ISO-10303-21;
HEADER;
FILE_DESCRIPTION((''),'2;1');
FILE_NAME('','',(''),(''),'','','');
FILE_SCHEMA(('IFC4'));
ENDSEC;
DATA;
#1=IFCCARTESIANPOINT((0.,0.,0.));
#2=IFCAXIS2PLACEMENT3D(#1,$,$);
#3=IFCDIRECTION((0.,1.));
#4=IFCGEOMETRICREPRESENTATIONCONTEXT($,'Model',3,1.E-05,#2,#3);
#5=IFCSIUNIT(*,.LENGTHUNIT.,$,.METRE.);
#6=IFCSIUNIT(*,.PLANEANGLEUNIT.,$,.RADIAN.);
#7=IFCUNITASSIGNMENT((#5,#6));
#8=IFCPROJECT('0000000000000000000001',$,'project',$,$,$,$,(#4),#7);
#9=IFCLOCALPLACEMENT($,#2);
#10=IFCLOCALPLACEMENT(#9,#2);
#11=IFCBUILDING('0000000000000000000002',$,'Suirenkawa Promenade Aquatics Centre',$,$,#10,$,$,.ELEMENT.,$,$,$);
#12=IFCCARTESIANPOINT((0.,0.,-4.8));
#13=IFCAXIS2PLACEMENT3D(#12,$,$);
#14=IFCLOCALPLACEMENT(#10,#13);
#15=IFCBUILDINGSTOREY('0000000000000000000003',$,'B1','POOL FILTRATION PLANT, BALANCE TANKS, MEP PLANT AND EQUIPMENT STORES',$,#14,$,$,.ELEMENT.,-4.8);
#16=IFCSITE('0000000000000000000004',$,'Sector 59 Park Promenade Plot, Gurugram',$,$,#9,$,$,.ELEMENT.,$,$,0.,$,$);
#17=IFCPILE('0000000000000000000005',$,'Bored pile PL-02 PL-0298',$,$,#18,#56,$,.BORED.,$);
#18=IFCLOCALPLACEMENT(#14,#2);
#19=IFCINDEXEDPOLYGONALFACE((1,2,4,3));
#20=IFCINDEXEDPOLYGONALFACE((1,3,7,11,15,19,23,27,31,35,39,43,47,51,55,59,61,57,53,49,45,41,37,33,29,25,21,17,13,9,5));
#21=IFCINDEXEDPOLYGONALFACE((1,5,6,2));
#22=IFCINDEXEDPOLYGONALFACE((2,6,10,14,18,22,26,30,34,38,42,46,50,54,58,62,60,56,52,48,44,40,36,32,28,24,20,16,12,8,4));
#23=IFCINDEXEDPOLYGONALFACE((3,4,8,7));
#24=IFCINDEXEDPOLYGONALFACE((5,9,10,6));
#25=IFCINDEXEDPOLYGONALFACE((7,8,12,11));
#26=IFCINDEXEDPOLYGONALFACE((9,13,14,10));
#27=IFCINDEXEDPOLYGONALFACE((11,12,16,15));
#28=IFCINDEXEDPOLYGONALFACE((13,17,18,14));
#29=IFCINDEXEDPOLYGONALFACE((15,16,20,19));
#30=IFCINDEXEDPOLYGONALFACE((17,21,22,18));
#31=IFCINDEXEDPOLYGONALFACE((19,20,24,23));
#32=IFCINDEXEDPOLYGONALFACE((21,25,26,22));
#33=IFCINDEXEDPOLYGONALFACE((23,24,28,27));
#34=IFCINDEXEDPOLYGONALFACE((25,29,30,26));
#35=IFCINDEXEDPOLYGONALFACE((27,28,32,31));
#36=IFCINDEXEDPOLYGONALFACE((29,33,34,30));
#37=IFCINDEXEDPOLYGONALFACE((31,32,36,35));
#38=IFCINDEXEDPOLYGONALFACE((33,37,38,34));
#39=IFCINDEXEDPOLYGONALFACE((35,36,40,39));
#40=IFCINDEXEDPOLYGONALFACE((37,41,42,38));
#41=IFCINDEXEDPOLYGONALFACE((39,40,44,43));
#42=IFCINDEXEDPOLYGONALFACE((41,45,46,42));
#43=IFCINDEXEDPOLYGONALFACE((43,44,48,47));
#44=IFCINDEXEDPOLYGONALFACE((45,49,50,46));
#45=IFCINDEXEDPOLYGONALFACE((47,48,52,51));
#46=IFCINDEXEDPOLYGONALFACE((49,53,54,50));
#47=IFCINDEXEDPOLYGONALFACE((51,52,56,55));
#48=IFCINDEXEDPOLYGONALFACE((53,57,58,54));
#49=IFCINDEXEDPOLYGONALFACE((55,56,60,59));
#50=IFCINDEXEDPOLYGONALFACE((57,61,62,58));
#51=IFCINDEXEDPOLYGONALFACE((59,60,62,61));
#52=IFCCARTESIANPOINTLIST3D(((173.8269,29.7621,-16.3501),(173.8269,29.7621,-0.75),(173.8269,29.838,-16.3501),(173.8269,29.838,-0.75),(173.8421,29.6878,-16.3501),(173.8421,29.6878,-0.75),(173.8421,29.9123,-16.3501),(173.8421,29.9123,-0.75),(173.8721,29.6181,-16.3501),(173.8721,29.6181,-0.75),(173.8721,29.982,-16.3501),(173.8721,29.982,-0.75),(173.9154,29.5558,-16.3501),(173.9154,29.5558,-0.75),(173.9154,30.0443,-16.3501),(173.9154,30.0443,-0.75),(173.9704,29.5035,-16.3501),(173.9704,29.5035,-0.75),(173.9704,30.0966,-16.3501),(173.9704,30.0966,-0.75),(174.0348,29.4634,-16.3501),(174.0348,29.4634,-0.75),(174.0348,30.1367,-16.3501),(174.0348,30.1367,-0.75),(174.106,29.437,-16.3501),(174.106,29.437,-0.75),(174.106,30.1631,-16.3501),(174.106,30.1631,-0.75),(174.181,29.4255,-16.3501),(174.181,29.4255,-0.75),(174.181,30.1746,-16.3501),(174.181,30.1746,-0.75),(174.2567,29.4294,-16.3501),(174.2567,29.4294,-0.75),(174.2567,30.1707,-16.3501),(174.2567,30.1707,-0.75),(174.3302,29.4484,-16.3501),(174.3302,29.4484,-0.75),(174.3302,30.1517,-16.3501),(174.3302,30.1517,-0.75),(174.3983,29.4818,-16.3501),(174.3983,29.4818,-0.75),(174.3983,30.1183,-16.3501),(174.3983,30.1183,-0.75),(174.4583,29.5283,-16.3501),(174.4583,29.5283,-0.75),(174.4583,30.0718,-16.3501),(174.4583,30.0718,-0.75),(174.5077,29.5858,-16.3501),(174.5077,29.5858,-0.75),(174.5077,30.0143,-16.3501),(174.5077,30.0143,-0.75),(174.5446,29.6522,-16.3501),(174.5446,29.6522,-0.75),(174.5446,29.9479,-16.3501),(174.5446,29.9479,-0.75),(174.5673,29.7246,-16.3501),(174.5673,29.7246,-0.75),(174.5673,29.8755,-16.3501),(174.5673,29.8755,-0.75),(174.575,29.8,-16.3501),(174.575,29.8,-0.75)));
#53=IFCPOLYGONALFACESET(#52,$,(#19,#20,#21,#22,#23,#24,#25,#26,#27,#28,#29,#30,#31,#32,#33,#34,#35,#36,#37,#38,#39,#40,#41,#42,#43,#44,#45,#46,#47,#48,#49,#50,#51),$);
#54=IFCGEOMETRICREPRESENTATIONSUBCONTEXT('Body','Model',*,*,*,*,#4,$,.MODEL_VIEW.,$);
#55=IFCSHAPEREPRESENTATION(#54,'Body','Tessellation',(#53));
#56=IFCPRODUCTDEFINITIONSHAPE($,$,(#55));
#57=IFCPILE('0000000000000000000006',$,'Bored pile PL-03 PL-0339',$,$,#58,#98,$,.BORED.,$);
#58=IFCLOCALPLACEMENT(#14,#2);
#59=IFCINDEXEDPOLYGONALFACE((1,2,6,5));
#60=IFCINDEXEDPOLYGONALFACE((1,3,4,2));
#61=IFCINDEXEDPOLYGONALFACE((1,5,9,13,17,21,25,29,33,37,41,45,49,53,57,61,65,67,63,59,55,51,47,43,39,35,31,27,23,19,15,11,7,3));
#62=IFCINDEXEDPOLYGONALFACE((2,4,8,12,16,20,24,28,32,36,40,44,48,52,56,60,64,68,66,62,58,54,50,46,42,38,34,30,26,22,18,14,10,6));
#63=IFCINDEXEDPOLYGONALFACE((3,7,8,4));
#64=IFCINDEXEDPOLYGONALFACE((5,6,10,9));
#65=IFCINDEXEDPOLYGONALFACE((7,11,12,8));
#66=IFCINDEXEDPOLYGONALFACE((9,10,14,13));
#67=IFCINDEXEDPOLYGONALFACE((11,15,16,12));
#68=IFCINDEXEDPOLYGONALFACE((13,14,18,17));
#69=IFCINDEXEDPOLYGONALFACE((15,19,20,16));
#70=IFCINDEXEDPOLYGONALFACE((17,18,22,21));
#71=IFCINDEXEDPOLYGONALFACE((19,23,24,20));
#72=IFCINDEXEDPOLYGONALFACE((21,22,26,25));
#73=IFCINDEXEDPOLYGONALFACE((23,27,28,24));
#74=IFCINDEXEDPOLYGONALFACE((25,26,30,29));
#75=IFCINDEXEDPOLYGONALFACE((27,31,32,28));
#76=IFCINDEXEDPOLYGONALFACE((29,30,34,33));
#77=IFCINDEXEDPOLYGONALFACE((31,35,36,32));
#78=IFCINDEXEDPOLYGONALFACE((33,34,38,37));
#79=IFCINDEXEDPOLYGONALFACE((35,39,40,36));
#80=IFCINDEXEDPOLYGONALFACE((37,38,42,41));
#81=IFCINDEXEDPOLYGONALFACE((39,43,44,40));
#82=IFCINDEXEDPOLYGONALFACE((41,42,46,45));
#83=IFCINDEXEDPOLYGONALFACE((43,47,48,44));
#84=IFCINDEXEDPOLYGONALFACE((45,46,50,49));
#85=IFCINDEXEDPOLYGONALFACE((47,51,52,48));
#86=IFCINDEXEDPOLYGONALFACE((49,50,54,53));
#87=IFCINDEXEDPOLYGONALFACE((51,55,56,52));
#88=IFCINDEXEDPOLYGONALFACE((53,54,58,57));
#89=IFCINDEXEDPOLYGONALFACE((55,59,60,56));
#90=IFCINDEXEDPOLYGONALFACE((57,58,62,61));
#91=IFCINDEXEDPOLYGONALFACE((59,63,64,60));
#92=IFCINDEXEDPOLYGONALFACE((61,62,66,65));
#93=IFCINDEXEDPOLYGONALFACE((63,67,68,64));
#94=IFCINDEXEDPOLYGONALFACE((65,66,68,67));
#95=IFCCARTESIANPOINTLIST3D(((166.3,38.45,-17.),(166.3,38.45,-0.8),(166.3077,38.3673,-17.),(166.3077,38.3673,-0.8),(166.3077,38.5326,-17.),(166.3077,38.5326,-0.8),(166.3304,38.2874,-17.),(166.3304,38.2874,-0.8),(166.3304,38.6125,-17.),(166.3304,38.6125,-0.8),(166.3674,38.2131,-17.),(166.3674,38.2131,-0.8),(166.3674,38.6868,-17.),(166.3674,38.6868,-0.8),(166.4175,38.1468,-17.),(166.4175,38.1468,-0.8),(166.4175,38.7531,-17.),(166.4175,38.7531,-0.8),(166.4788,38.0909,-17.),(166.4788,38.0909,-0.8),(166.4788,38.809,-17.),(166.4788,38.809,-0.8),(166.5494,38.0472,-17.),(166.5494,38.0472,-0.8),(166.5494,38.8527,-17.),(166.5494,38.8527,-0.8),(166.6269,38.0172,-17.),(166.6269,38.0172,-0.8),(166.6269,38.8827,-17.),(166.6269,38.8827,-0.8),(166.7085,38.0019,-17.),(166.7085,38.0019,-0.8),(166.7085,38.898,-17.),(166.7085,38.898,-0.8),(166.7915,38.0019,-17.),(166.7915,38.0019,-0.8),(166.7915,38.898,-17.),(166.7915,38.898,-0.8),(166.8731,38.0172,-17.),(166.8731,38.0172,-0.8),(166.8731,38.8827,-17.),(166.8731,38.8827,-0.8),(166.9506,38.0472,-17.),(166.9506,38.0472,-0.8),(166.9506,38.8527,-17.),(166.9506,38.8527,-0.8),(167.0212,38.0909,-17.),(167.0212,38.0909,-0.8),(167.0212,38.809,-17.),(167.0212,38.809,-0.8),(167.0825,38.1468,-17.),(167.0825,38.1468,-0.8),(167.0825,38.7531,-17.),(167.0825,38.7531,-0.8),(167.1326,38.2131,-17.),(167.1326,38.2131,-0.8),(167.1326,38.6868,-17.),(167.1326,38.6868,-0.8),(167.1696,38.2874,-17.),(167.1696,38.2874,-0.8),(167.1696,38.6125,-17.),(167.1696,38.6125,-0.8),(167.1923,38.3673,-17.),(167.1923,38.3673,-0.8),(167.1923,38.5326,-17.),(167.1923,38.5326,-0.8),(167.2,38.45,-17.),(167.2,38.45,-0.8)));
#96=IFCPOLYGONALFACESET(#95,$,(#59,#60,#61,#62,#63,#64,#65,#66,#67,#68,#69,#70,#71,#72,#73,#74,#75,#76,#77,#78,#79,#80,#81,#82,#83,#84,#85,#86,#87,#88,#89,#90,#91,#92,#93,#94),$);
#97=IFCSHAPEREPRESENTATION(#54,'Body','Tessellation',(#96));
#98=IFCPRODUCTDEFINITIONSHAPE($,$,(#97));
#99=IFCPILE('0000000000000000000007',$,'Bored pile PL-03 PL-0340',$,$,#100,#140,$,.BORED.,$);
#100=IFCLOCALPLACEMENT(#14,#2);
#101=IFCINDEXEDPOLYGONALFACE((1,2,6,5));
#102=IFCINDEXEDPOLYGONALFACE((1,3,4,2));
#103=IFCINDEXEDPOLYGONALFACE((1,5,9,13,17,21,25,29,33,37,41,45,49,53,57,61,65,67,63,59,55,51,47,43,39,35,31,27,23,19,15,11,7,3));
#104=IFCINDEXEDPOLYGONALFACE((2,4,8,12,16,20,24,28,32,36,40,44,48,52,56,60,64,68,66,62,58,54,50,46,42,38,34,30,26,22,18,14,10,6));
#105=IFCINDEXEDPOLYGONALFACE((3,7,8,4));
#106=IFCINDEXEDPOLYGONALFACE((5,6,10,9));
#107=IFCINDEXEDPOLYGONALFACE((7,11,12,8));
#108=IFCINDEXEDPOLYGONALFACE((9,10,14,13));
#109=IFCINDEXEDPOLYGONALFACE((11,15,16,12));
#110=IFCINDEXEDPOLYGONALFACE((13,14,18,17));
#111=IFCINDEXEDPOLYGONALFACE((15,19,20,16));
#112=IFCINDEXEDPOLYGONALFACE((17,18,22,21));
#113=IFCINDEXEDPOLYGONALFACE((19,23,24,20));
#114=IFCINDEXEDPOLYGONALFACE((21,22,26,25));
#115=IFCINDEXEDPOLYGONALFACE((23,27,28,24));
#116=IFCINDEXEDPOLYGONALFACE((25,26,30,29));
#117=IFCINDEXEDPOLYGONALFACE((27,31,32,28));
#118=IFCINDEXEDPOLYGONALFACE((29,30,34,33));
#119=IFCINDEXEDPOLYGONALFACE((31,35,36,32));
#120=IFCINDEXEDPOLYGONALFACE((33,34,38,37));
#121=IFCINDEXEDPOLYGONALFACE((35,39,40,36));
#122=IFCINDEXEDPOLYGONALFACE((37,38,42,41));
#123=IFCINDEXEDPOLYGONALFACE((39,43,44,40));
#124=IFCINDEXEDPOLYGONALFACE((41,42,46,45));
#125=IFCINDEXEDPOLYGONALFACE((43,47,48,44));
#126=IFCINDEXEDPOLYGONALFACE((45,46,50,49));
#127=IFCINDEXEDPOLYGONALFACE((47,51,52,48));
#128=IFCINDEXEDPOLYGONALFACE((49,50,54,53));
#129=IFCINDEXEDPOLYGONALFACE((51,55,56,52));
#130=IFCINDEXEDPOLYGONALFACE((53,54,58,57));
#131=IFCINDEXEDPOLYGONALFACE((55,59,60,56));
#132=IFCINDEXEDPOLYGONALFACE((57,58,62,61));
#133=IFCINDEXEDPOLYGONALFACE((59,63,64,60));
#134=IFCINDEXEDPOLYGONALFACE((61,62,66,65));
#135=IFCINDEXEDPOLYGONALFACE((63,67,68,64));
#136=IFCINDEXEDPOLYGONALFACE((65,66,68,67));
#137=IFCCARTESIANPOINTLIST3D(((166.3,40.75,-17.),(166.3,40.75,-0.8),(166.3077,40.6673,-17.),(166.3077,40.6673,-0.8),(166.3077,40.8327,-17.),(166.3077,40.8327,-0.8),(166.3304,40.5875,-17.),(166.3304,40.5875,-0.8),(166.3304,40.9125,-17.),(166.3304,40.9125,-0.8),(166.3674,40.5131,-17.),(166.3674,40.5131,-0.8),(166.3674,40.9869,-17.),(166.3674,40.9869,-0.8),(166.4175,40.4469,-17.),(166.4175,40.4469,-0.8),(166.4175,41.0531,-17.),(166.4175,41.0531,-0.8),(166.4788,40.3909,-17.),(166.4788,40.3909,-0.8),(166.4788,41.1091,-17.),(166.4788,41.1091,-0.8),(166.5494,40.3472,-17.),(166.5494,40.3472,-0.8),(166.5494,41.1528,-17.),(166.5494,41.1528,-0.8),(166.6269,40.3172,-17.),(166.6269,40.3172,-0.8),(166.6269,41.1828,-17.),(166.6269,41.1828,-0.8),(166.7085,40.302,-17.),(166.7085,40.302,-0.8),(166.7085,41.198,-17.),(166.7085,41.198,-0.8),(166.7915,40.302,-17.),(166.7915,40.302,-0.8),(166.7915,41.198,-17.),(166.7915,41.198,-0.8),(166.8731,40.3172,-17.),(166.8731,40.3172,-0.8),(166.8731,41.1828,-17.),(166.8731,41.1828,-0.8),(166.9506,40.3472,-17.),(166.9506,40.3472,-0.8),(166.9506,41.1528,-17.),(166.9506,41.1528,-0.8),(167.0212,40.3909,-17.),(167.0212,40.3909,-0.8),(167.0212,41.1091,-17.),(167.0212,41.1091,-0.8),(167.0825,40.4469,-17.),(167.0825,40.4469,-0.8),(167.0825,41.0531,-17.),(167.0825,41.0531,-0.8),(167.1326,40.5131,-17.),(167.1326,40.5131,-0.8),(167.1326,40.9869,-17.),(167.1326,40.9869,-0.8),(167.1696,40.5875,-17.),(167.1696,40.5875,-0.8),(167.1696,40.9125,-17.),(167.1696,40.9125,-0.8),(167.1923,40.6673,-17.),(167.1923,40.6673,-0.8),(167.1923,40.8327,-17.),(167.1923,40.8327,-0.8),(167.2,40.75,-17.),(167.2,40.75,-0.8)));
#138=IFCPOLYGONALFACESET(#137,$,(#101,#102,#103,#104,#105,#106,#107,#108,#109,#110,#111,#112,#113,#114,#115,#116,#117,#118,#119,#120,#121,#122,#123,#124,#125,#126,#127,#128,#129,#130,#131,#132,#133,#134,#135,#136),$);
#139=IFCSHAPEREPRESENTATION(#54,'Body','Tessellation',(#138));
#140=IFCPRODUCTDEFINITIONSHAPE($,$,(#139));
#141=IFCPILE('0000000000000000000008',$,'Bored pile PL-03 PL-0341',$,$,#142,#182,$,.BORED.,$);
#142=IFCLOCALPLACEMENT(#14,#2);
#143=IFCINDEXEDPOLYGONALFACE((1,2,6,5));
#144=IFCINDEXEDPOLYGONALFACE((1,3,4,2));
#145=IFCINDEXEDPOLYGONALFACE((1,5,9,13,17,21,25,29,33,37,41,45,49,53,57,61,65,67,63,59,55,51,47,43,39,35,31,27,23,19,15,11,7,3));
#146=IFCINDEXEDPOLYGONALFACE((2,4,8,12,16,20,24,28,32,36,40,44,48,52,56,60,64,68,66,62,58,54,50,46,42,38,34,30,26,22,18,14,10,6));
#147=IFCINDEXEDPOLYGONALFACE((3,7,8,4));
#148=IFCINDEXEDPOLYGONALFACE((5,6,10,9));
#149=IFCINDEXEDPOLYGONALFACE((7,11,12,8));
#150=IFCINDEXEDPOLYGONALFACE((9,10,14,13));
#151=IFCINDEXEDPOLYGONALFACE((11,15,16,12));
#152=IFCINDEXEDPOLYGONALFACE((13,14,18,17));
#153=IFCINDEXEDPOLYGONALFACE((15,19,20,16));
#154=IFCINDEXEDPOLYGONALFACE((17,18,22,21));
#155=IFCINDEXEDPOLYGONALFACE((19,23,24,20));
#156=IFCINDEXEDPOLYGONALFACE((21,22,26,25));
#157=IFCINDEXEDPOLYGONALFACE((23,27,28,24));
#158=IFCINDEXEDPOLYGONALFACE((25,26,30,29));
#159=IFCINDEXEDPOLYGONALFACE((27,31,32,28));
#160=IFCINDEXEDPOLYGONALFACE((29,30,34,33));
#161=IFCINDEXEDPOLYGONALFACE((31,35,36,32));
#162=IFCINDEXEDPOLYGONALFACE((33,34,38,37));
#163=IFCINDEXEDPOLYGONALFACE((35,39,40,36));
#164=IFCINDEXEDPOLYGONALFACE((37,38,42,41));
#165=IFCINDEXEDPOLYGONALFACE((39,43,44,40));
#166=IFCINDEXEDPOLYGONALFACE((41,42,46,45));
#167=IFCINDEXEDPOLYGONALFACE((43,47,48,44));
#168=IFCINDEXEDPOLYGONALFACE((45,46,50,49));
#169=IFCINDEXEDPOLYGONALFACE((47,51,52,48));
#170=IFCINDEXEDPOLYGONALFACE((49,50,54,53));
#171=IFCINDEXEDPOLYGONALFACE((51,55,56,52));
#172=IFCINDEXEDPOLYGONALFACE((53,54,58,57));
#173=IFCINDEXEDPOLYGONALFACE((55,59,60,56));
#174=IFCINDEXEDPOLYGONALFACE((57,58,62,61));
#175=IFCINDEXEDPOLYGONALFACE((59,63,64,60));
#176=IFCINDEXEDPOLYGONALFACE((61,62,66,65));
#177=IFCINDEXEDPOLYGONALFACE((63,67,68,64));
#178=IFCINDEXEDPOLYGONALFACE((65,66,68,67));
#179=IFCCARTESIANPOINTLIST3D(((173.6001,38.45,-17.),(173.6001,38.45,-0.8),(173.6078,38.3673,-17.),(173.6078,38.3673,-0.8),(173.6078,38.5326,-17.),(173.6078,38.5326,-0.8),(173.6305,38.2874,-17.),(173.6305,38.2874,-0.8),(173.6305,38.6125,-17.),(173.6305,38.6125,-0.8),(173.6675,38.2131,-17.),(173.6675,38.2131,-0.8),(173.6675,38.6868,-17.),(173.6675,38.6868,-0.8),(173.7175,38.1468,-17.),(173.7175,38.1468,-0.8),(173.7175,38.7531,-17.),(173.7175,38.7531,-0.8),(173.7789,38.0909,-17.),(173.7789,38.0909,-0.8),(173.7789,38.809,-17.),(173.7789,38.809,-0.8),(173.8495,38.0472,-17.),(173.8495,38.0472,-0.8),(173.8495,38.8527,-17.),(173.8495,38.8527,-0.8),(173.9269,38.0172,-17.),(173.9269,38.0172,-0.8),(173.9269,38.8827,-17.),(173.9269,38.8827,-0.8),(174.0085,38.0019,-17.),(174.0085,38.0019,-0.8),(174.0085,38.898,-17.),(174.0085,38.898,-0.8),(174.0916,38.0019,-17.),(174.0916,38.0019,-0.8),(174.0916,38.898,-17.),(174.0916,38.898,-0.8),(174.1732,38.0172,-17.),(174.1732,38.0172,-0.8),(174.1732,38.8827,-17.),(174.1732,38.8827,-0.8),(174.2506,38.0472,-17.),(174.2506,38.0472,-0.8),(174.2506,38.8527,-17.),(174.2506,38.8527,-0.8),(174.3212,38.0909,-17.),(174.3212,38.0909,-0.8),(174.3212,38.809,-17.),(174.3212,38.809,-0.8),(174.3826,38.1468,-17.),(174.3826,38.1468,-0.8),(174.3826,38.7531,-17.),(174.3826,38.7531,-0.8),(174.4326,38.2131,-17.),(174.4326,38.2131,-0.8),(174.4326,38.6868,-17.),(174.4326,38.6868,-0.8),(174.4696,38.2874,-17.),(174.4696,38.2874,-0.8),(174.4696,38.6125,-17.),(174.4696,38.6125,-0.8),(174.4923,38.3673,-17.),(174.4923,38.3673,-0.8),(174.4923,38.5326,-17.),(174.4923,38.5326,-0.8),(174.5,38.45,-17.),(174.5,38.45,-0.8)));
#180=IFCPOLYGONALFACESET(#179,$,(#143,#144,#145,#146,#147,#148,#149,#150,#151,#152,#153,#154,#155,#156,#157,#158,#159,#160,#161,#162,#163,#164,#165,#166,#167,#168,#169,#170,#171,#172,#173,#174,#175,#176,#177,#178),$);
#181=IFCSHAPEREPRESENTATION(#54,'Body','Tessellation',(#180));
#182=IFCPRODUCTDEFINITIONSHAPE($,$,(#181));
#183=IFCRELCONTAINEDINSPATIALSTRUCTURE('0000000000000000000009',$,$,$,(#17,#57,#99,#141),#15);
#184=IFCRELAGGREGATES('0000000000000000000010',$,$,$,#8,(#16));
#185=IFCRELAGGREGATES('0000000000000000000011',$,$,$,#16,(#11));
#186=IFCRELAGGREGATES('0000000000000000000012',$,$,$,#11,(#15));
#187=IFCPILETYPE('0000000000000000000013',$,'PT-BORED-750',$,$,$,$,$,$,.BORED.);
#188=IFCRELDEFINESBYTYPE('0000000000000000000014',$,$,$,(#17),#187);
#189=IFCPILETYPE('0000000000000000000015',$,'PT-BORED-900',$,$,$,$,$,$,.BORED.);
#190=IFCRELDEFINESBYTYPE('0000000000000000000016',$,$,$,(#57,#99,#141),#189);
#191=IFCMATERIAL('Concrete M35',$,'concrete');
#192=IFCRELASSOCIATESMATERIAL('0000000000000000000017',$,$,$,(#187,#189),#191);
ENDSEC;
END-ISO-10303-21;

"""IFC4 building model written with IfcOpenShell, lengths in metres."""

from ifc_helpers import new_model, si_unit, direction, frame, origin, origin_2d, place, context, subcontext, project, spatial, circle, extrude, material, material_profile, profile_set, type_object, element, save


model = new_model("IFC4")

# Units and contexts
model_context = context("Model", 3, precision=1e-05, world=origin(), true_north=direction((0.0, 1.0)))
body_context = subcontext(model_context, "Body", "Model", "MODEL_VIEW")
ifc_project = project(units=[si_unit("LENGTHUNIT", "METRE"), si_unit("PLANEANGLEUNIT", "RADIAN")], contexts=[model_context])

# Site, building, storey
site_placement = place(None, origin())
site = spatial("IfcSite", under=ifc_project, at=site_placement, Name="Sector 59 Park Promenade Plot, Gurugram", CompositionType="ELEMENT", RefElevation=0.0)
building_placement = place(site_placement, origin())
building = spatial("IfcBuilding", under=site, at=building_placement, Name="Suirenkawa Promenade Aquatics Centre", CompositionType="ELEMENT")
storey_placement = place(building_placement, frame((0.0, 0.0, -4.8)))
storey = spatial("IfcBuildingStorey", under=building, at=storey_placement, Name="B1", Description="POOL FILTRATION PLANT, BALANCE TANKS, MEP PLANT AND EQUIPMENT STORES", CompositionType="ELEMENT", Elevation=-4.8)

# Shared definitions
ifc_material_1 = material(Name="Concrete M35", Category="concrete")

# Piles
ifc_material_profile_1 = material_profile(ifc_material_1, circle(Radius=0.375, at=origin_2d()), Name="PILE D750", Category="concrete")
ifc_profile_set_1 = profile_set([ifc_material_profile_1], Name="Concrete M35")
pile_type_1 = type_object("IfcPileType", Name="PT-BORED-750", PredefinedType="BORED", material=ifc_profile_set_1)
for number, where, z_axis, x_axis, name in (
    (1, (174.2, 29.8, -0.75), (0.0, 0.0, -1.0), (1.0, 0.0, 0.0), "Bored pile PL-02 PL-0298"),
):
    element("IfcPile", number, at=place(storey_placement, frame(where, z_axis=z_axis, x_axis=x_axis)), inside=storey, type_object=pile_type_1, Name=name, PredefinedType="BORED", context=body_context, shape_type="SweptSolid", body=[
        extrude(circle(Radius=0.375, at=origin_2d()), origin(), (0.0, 0.0, 1.0), 15.6001),
    ])
ifc_material_profile_2 = material_profile(ifc_material_1, circle(Radius=0.45, at=origin_2d()), Name="PILE D900", Category="concrete")
ifc_profile_set_2 = profile_set([ifc_material_profile_2], Name="Concrete M35")
pile_type_2 = type_object("IfcPileType", Name="PT-BORED-900", PredefinedType="BORED", material=ifc_profile_set_2)
for number, where, z_axis, x_axis, name in (
    (2, (166.75, 38.45, -0.8), (0.0, 0.0, -1.0), (1.0, 0.0, 0.0), "Bored pile PL-03 PL-0339"),
    (3, (166.75, 40.75, -0.8), (0.0, 0.0, -1.0), (1.0, 0.0, 0.0), "Bored pile PL-03 PL-0340"),
    (4, (174.05, 38.45, -0.8), (0.0, 0.0, -1.0), (1.0, 0.0, 0.0), "Bored pile PL-03 PL-0341"),
):
    element("IfcPile", number, at=place(storey_placement, frame(where, z_axis=z_axis, x_axis=x_axis)), inside=storey, type_object=pile_type_2, Name=name, PredefinedType="BORED", context=body_context, shape_type="SweptSolid", body=[
        extrude(circle(Radius=0.45, at=origin_2d()), origin(), (0.0, 0.0, 1.0), 16.2),
    ])

save(model, "model.ifc")
